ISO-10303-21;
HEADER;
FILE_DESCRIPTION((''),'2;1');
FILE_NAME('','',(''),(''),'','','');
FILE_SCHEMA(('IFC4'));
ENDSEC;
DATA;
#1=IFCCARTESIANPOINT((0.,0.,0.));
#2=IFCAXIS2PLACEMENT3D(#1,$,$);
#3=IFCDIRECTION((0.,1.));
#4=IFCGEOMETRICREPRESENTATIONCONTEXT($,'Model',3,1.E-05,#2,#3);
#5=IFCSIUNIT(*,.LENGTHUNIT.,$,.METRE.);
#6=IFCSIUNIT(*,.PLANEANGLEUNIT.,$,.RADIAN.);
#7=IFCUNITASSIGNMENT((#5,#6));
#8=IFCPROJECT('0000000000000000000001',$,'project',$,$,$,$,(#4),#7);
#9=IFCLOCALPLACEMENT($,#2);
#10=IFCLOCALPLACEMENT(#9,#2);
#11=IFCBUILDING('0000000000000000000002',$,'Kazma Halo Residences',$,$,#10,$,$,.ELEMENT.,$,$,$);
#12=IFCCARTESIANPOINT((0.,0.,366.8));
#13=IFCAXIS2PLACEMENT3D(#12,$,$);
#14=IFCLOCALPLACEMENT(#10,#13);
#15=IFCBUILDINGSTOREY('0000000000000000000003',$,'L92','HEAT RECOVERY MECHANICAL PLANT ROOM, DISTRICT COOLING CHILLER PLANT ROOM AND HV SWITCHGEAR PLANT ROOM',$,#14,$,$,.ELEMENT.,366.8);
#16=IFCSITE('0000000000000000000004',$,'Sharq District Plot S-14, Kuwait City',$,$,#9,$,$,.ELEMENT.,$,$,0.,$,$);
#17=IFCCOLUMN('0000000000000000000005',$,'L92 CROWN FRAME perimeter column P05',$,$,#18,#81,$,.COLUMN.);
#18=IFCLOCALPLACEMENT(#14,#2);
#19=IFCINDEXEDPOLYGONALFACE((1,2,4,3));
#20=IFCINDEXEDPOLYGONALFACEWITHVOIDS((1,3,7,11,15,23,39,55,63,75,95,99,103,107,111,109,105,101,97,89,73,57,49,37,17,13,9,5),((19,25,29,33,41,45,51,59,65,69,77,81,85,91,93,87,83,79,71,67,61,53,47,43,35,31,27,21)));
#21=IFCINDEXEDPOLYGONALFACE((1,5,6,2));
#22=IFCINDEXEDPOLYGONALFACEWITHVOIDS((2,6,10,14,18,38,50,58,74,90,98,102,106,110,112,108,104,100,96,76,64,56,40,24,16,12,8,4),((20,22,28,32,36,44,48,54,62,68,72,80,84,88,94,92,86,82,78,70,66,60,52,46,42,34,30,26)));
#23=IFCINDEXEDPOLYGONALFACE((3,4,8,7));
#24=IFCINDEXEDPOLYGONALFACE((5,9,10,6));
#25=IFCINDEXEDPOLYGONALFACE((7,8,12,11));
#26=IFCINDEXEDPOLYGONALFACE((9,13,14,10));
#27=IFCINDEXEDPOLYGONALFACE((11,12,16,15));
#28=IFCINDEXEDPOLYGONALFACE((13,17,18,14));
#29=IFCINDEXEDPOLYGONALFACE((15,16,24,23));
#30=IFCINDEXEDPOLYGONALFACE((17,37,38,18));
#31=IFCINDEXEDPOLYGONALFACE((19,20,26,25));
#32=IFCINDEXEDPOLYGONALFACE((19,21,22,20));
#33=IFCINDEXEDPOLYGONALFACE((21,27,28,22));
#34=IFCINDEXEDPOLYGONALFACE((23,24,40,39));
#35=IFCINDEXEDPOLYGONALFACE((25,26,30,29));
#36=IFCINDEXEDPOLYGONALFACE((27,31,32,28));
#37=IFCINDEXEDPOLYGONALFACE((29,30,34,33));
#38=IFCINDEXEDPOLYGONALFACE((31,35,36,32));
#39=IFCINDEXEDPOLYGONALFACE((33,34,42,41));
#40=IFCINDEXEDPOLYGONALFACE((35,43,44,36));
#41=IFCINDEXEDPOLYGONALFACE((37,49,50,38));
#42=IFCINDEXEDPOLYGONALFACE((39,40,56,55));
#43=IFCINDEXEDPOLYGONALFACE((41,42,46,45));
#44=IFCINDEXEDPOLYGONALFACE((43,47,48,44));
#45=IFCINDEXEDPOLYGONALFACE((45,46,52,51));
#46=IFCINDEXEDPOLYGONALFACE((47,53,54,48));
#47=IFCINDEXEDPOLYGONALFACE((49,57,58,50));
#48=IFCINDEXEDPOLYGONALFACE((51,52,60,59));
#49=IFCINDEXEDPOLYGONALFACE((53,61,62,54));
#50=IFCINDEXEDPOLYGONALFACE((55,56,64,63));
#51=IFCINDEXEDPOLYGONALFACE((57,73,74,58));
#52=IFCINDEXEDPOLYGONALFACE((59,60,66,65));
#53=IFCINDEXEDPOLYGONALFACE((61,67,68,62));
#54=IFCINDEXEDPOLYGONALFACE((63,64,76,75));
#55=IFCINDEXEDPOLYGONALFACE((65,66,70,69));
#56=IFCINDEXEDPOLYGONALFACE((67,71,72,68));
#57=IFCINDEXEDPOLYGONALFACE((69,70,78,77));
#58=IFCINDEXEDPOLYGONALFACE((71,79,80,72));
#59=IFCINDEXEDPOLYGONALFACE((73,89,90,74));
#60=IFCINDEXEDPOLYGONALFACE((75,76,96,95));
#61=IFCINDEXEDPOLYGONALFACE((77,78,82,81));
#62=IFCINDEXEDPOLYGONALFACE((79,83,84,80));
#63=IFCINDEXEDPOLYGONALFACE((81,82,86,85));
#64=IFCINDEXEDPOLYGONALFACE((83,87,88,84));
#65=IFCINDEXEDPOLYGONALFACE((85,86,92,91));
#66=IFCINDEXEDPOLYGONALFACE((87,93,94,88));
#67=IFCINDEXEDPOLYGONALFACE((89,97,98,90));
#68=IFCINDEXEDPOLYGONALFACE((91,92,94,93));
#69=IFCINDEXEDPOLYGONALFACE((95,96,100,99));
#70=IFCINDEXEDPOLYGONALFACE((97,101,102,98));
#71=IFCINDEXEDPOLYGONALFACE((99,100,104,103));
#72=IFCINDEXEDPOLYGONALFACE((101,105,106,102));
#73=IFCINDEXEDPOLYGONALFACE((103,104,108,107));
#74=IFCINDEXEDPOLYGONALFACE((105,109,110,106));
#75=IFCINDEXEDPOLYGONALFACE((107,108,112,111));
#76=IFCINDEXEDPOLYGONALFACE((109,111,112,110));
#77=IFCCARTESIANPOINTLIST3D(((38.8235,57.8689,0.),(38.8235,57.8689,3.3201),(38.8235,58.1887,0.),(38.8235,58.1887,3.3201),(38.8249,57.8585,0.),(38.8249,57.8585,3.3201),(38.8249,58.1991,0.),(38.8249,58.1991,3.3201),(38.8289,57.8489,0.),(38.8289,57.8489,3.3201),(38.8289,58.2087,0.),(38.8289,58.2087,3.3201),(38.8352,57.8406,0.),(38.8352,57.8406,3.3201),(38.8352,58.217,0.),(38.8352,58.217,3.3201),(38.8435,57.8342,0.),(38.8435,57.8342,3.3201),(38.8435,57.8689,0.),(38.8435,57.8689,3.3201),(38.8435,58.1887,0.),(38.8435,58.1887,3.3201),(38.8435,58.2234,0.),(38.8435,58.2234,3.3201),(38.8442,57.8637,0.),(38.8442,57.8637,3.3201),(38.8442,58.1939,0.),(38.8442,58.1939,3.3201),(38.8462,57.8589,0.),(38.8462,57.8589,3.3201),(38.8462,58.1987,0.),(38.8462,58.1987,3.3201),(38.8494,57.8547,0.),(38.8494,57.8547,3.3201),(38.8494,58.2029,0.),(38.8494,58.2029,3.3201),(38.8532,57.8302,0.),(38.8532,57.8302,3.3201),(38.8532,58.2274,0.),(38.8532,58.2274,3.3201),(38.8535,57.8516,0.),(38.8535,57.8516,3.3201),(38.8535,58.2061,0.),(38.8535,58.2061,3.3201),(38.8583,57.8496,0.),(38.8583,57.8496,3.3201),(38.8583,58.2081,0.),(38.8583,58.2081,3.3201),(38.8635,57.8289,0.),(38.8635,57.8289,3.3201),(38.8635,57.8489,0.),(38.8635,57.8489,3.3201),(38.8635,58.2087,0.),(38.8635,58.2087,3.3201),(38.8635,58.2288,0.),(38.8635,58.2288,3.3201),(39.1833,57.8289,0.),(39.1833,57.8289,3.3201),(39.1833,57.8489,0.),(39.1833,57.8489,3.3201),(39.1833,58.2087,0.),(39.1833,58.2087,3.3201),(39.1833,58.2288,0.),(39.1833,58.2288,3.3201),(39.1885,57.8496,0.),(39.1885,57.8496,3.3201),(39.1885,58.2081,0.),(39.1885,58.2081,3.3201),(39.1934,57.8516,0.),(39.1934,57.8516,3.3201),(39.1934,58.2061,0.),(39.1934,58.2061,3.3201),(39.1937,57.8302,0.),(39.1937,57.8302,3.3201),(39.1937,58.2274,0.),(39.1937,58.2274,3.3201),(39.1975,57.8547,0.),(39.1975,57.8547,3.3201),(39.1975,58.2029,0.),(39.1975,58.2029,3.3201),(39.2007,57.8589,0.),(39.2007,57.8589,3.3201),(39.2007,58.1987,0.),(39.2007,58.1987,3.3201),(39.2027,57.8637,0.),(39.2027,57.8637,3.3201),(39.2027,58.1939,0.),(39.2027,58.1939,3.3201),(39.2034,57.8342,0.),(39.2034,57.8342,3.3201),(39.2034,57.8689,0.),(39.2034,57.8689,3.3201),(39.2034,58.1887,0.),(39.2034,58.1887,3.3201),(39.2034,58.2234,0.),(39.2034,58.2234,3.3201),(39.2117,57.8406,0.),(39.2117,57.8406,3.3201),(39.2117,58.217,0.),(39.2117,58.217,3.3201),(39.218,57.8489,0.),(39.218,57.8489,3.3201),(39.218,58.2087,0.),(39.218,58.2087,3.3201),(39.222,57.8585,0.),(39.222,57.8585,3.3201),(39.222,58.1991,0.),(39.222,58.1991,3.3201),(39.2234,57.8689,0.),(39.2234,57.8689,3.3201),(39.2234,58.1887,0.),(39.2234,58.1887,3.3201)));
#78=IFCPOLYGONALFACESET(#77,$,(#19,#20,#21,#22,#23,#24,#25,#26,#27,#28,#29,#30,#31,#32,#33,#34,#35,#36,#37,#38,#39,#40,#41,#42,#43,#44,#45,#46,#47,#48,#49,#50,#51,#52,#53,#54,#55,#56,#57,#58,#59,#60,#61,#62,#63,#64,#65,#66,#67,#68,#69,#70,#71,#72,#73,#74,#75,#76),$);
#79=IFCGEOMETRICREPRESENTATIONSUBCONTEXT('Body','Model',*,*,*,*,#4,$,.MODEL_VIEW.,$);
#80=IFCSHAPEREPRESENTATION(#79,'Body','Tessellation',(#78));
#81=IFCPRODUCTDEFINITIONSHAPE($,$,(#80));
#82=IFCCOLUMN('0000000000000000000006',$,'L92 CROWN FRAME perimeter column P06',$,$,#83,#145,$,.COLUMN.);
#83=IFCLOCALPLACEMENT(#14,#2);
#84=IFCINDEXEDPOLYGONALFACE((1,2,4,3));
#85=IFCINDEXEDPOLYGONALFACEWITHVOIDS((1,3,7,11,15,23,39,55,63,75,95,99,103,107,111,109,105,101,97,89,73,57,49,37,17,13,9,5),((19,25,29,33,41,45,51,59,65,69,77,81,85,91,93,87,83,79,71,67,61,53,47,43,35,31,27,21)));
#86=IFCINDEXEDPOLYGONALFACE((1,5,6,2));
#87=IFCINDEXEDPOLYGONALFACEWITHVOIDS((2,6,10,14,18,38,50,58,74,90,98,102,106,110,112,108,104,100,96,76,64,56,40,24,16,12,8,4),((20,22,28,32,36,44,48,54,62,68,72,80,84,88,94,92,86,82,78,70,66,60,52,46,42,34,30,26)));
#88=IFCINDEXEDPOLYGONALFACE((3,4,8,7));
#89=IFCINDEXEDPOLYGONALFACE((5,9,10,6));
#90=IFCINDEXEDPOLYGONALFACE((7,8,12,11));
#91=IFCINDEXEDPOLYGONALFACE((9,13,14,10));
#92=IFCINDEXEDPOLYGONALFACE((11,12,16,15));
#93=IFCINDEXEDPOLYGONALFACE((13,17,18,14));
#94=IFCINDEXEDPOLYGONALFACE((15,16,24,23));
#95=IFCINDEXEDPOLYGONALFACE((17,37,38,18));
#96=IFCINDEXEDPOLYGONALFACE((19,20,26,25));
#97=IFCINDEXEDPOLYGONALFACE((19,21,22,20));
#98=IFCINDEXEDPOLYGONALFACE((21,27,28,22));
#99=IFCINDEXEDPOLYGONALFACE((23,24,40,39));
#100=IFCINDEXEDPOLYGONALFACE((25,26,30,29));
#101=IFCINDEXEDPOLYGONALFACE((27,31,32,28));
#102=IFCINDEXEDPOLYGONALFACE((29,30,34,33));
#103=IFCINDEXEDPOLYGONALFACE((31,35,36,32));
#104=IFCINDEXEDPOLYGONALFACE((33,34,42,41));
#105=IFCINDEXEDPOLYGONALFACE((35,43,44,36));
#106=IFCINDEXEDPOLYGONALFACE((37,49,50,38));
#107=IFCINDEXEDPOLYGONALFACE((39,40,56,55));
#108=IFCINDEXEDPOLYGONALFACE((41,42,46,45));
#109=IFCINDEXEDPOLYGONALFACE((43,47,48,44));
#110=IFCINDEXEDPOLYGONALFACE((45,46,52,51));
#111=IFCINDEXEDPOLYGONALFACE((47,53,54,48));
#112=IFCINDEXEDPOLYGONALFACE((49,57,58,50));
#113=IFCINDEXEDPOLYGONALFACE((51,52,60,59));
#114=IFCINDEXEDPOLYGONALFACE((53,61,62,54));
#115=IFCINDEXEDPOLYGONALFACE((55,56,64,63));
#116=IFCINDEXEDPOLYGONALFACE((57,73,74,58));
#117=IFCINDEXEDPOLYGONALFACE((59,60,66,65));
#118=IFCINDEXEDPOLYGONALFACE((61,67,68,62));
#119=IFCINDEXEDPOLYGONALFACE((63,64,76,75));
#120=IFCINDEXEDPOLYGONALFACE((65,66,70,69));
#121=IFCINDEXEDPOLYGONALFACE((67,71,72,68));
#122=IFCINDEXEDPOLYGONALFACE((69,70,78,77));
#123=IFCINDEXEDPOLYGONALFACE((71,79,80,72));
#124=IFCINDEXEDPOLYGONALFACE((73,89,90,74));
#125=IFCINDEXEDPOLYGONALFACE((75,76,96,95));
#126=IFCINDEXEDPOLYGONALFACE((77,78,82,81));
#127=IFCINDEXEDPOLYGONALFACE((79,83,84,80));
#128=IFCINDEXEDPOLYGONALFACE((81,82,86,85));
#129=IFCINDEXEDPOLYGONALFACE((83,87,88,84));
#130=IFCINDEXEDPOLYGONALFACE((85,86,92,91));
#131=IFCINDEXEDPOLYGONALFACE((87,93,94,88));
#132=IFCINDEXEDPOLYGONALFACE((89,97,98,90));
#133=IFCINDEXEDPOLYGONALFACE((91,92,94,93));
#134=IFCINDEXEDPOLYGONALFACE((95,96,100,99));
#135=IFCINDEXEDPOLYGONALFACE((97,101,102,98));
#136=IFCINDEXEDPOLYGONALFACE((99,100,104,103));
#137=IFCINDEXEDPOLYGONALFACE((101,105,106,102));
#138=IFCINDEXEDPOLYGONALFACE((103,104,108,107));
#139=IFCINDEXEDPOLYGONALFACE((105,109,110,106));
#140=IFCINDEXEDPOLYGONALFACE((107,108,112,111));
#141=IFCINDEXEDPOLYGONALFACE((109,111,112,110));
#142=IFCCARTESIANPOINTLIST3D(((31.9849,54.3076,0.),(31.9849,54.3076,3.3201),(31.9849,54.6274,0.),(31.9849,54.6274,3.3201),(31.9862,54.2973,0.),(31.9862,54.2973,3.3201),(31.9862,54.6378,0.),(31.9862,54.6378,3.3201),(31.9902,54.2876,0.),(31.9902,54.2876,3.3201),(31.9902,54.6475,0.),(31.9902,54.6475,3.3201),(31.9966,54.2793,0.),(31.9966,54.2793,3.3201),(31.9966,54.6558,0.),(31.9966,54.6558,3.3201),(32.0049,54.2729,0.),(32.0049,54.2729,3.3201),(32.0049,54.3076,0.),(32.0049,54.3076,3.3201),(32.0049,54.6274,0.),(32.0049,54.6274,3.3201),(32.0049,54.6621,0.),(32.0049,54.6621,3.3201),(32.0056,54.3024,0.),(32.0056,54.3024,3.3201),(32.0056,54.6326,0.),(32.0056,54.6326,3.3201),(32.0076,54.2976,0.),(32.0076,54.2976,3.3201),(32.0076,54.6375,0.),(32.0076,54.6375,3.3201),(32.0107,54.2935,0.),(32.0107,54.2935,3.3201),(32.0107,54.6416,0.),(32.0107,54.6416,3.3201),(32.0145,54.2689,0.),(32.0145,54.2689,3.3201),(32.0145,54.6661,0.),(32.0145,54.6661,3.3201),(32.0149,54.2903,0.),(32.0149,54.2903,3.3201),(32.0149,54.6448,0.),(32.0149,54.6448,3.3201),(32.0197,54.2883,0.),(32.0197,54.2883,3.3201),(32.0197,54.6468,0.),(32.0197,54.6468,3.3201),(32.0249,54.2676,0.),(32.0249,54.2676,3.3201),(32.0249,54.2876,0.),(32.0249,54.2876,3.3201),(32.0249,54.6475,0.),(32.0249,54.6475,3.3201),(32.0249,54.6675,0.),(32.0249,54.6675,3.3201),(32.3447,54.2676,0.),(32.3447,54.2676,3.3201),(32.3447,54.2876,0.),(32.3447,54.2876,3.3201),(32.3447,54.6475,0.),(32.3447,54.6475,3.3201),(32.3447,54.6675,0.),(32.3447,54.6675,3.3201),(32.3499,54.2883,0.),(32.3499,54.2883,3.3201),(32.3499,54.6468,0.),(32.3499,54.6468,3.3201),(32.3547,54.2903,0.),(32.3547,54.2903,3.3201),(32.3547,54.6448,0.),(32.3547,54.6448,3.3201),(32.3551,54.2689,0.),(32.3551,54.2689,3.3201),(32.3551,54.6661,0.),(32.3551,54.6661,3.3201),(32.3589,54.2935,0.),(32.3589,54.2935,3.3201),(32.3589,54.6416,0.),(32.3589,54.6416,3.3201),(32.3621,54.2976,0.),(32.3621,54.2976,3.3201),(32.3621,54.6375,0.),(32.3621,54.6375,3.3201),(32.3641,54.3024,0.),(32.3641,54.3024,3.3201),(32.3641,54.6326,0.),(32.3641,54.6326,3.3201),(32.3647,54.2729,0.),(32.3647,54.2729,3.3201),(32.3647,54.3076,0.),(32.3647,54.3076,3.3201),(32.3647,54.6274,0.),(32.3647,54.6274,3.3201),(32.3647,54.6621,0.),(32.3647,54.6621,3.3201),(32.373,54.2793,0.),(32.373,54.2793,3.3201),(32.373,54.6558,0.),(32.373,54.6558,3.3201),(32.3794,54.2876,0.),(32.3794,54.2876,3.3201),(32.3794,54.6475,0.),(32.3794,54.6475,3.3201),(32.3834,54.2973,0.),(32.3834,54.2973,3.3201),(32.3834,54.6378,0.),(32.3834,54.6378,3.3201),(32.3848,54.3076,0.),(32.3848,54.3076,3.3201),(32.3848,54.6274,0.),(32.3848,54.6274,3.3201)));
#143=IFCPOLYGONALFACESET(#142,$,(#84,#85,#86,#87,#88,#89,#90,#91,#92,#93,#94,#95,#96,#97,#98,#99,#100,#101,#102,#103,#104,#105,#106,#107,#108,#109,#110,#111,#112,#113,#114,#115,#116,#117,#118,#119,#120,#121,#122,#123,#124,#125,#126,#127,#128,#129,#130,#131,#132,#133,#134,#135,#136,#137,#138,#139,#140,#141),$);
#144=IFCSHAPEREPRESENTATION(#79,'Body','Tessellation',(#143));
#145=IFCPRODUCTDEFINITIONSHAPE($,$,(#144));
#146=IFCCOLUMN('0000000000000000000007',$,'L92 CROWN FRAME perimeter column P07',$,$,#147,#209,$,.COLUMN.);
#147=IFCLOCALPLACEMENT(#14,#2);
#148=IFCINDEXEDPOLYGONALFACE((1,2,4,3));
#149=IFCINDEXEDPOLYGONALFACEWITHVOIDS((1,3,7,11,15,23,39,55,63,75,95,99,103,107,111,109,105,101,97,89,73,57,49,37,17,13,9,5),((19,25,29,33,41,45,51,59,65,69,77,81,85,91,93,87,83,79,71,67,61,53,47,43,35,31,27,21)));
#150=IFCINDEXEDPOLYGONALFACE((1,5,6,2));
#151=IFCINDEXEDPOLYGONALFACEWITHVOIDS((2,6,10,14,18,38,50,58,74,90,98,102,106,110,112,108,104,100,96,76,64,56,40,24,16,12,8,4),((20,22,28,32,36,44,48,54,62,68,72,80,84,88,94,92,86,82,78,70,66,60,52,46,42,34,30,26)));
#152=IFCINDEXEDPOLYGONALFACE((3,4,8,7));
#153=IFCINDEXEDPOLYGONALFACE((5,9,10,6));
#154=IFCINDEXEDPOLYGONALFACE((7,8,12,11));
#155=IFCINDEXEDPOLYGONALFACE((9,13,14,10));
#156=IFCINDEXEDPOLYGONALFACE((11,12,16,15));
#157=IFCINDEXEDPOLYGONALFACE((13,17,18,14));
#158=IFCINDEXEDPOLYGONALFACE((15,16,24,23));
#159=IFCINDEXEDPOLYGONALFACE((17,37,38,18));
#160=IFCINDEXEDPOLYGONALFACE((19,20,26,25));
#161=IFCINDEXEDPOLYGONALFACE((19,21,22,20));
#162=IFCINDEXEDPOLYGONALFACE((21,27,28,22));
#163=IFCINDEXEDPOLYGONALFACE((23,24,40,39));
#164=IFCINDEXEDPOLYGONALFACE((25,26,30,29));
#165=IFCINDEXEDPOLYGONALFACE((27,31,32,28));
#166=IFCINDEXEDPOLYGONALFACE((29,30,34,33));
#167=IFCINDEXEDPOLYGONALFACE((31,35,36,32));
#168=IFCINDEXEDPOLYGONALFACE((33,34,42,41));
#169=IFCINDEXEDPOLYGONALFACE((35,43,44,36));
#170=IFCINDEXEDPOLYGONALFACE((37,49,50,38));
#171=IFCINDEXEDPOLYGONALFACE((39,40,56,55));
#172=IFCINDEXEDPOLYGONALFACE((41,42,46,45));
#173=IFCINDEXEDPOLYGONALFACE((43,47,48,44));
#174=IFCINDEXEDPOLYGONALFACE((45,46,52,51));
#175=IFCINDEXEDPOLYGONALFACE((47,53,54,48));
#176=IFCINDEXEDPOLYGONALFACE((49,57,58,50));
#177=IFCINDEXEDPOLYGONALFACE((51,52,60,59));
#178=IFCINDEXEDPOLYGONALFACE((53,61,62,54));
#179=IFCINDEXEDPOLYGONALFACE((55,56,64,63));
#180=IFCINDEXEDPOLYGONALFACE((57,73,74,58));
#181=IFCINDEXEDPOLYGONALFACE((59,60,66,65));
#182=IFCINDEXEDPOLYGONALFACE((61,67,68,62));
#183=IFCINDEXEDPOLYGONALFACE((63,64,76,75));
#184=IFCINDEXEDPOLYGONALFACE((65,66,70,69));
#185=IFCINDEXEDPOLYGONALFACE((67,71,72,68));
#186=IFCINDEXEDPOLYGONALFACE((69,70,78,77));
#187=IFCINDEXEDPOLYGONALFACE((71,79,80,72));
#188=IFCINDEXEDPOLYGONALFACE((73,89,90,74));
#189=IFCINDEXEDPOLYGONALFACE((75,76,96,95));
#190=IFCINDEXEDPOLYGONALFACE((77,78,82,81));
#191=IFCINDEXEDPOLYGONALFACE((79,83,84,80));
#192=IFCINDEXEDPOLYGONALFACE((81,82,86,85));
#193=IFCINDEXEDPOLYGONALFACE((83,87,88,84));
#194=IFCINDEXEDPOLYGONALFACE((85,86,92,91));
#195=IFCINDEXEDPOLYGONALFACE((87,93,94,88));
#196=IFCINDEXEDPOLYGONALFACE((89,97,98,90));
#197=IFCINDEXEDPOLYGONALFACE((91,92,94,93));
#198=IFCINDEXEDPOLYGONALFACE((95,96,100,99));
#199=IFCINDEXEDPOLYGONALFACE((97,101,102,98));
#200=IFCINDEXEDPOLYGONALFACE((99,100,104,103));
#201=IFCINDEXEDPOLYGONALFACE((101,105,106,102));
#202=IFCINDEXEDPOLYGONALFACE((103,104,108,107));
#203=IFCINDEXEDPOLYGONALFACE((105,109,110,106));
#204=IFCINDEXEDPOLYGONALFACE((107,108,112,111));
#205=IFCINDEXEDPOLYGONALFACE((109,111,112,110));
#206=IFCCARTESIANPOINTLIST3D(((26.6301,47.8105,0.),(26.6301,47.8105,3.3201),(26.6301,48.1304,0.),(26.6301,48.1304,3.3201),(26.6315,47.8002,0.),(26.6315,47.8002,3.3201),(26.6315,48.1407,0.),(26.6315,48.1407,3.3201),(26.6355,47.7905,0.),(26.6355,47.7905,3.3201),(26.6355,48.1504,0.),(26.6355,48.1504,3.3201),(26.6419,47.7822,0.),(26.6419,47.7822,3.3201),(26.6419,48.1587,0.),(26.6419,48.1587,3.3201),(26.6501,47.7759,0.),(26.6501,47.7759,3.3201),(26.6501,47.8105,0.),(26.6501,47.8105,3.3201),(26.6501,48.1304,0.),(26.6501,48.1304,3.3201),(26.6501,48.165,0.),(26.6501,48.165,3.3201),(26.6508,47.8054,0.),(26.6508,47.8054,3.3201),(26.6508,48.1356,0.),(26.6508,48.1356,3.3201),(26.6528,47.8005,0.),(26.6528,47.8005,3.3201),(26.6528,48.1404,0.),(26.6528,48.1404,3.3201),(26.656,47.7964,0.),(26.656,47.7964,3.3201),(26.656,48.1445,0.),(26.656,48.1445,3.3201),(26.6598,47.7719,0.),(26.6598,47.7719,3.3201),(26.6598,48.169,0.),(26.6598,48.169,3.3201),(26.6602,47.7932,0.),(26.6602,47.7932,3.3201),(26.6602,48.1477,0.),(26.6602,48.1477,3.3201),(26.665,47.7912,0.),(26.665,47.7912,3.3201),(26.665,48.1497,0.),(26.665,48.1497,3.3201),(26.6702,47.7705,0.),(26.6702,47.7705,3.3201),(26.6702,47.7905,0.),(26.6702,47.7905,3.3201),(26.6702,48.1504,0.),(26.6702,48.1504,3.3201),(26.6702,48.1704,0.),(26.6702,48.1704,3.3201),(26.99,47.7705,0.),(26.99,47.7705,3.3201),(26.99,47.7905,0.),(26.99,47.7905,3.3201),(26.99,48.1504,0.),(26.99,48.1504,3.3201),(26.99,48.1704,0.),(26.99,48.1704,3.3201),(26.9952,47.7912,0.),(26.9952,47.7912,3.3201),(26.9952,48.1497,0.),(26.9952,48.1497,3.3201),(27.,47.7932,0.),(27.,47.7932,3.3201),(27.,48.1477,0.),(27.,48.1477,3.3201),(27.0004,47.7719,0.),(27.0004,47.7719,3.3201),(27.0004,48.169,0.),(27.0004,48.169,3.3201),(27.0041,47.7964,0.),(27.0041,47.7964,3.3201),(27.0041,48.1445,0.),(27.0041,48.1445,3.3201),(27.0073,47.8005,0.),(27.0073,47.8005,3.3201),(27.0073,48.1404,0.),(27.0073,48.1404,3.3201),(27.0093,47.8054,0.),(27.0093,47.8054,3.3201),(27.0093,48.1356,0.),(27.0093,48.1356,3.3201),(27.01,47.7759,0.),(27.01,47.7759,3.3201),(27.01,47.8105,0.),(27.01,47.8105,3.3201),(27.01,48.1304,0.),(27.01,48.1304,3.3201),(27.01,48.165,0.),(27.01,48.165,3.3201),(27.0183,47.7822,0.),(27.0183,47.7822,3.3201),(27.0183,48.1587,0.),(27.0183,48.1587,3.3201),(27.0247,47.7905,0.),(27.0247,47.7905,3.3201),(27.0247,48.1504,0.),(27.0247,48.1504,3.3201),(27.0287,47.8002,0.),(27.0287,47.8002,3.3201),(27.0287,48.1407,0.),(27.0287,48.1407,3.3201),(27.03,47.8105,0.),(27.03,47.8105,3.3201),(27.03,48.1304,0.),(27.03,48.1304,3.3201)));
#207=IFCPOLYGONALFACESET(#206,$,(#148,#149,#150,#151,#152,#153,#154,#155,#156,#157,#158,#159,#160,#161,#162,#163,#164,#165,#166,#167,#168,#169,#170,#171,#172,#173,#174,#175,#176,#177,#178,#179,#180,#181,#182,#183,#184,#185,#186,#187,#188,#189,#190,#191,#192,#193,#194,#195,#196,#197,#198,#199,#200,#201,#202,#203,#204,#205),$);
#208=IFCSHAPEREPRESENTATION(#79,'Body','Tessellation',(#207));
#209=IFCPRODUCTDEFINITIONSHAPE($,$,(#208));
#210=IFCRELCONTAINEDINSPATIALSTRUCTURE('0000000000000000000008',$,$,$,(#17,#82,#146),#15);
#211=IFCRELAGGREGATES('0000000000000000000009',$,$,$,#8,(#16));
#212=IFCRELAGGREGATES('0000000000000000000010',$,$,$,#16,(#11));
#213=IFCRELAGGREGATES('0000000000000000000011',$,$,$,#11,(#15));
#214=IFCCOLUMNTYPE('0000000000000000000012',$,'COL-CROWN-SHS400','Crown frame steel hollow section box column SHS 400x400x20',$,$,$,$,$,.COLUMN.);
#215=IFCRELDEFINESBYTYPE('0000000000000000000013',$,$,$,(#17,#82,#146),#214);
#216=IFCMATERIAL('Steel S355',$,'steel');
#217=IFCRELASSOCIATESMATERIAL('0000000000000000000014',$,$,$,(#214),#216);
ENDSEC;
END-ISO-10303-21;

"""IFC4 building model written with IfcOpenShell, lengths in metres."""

from ifc_helpers import new_model, si_unit, direction, frame, origin, origin_2d, place, context, subcontext, project, spatial, hollow_rectangle, extrude, material, material_profile, profile_set, type_object, element, save


model = new_model("IFC4")

# Units and contexts
model_context = context("Model", 3, precision=1e-05, world=origin(), true_north=direction((0.0, 1.0)))
body_context = subcontext(model_context, "Body", "Model", "MODEL_VIEW")
ifc_project = project(units=[si_unit("LENGTHUNIT", "METRE"), si_unit("PLANEANGLEUNIT", "RADIAN")], contexts=[model_context])

# Site, building, storey
site_placement = place(None, origin())
site = spatial("IfcSite", under=ifc_project, at=site_placement, Name="Sharq District Plot S-14, Kuwait City", CompositionType="ELEMENT", RefElevation=0.0)
building_placement = place(site_placement, origin())
building = spatial("IfcBuilding", under=site, at=building_placement, Name="Kazma Halo Residences", CompositionType="ELEMENT")
storey_placement = place(building_placement, frame((0.0, 0.0, 366.8)))
storey = spatial("IfcBuildingStorey", under=building, at=storey_placement, Name="L92", Description="HEAT RECOVERY MECHANICAL PLANT ROOM, DISTRICT COOLING CHILLER PLANT ROOM AND HV SWITCHGEAR PLANT ROOM", CompositionType="ELEMENT", Elevation=366.8)

# Columns
ifc_material_1 = material(Name="Steel S355", Category="steel")
ifc_material_profile_1 = material_profile(ifc_material_1, hollow_rectangle(XDim=0.3999, YDim=0.3999, WallThickness=0.02, InnerFilletRadius=0.02, OuterFilletRadius=0.04, at=origin_2d()), Name="SHS400x400x20")
ifc_profile_set_1 = profile_set([ifc_material_profile_1], Name="Steel S355")
column_type = type_object("IfcColumnType", Name="COL-CROWN-SHS400", Description="Crown frame steel hollow section box column SHS 400x400x20", PredefinedType="COLUMN", material=ifc_profile_set_1)
for number, where, z_axis, x_axis, name in (
    (1, (39.0234, 58.0288, 0.0), (0.0, 0.0, 1.0), (1.0, 0.0, 0.0), "L92 CROWN FRAME perimeter column P05"),
    (2, (32.1848, 54.4675, 0.0), (0.0, 0.0, 1.0), (1.0, 0.0, 0.0), "L92 CROWN FRAME perimeter column P06"),
    (3, (26.8301, 47.9705, 0.0), (0.0, 0.0, 1.0), (1.0, 0.0, 0.0), "L92 CROWN FRAME perimeter column P07"),
):
    element("IfcColumn", number, at=place(storey_placement, frame(where, z_axis=z_axis, x_axis=x_axis)), inside=storey, type_object=column_type, Name=name, PredefinedType="COLUMN", context=body_context, shape_type="SweptSolid", body=[
        extrude(hollow_rectangle(XDim=0.3999, YDim=0.3999, WallThickness=0.02, InnerFilletRadius=0.02, OuterFilletRadius=0.04, at=origin_2d()), origin(), (0.0, 0.0, 1.0), 3.3201),
    ])

save(model, "model.ifc")
